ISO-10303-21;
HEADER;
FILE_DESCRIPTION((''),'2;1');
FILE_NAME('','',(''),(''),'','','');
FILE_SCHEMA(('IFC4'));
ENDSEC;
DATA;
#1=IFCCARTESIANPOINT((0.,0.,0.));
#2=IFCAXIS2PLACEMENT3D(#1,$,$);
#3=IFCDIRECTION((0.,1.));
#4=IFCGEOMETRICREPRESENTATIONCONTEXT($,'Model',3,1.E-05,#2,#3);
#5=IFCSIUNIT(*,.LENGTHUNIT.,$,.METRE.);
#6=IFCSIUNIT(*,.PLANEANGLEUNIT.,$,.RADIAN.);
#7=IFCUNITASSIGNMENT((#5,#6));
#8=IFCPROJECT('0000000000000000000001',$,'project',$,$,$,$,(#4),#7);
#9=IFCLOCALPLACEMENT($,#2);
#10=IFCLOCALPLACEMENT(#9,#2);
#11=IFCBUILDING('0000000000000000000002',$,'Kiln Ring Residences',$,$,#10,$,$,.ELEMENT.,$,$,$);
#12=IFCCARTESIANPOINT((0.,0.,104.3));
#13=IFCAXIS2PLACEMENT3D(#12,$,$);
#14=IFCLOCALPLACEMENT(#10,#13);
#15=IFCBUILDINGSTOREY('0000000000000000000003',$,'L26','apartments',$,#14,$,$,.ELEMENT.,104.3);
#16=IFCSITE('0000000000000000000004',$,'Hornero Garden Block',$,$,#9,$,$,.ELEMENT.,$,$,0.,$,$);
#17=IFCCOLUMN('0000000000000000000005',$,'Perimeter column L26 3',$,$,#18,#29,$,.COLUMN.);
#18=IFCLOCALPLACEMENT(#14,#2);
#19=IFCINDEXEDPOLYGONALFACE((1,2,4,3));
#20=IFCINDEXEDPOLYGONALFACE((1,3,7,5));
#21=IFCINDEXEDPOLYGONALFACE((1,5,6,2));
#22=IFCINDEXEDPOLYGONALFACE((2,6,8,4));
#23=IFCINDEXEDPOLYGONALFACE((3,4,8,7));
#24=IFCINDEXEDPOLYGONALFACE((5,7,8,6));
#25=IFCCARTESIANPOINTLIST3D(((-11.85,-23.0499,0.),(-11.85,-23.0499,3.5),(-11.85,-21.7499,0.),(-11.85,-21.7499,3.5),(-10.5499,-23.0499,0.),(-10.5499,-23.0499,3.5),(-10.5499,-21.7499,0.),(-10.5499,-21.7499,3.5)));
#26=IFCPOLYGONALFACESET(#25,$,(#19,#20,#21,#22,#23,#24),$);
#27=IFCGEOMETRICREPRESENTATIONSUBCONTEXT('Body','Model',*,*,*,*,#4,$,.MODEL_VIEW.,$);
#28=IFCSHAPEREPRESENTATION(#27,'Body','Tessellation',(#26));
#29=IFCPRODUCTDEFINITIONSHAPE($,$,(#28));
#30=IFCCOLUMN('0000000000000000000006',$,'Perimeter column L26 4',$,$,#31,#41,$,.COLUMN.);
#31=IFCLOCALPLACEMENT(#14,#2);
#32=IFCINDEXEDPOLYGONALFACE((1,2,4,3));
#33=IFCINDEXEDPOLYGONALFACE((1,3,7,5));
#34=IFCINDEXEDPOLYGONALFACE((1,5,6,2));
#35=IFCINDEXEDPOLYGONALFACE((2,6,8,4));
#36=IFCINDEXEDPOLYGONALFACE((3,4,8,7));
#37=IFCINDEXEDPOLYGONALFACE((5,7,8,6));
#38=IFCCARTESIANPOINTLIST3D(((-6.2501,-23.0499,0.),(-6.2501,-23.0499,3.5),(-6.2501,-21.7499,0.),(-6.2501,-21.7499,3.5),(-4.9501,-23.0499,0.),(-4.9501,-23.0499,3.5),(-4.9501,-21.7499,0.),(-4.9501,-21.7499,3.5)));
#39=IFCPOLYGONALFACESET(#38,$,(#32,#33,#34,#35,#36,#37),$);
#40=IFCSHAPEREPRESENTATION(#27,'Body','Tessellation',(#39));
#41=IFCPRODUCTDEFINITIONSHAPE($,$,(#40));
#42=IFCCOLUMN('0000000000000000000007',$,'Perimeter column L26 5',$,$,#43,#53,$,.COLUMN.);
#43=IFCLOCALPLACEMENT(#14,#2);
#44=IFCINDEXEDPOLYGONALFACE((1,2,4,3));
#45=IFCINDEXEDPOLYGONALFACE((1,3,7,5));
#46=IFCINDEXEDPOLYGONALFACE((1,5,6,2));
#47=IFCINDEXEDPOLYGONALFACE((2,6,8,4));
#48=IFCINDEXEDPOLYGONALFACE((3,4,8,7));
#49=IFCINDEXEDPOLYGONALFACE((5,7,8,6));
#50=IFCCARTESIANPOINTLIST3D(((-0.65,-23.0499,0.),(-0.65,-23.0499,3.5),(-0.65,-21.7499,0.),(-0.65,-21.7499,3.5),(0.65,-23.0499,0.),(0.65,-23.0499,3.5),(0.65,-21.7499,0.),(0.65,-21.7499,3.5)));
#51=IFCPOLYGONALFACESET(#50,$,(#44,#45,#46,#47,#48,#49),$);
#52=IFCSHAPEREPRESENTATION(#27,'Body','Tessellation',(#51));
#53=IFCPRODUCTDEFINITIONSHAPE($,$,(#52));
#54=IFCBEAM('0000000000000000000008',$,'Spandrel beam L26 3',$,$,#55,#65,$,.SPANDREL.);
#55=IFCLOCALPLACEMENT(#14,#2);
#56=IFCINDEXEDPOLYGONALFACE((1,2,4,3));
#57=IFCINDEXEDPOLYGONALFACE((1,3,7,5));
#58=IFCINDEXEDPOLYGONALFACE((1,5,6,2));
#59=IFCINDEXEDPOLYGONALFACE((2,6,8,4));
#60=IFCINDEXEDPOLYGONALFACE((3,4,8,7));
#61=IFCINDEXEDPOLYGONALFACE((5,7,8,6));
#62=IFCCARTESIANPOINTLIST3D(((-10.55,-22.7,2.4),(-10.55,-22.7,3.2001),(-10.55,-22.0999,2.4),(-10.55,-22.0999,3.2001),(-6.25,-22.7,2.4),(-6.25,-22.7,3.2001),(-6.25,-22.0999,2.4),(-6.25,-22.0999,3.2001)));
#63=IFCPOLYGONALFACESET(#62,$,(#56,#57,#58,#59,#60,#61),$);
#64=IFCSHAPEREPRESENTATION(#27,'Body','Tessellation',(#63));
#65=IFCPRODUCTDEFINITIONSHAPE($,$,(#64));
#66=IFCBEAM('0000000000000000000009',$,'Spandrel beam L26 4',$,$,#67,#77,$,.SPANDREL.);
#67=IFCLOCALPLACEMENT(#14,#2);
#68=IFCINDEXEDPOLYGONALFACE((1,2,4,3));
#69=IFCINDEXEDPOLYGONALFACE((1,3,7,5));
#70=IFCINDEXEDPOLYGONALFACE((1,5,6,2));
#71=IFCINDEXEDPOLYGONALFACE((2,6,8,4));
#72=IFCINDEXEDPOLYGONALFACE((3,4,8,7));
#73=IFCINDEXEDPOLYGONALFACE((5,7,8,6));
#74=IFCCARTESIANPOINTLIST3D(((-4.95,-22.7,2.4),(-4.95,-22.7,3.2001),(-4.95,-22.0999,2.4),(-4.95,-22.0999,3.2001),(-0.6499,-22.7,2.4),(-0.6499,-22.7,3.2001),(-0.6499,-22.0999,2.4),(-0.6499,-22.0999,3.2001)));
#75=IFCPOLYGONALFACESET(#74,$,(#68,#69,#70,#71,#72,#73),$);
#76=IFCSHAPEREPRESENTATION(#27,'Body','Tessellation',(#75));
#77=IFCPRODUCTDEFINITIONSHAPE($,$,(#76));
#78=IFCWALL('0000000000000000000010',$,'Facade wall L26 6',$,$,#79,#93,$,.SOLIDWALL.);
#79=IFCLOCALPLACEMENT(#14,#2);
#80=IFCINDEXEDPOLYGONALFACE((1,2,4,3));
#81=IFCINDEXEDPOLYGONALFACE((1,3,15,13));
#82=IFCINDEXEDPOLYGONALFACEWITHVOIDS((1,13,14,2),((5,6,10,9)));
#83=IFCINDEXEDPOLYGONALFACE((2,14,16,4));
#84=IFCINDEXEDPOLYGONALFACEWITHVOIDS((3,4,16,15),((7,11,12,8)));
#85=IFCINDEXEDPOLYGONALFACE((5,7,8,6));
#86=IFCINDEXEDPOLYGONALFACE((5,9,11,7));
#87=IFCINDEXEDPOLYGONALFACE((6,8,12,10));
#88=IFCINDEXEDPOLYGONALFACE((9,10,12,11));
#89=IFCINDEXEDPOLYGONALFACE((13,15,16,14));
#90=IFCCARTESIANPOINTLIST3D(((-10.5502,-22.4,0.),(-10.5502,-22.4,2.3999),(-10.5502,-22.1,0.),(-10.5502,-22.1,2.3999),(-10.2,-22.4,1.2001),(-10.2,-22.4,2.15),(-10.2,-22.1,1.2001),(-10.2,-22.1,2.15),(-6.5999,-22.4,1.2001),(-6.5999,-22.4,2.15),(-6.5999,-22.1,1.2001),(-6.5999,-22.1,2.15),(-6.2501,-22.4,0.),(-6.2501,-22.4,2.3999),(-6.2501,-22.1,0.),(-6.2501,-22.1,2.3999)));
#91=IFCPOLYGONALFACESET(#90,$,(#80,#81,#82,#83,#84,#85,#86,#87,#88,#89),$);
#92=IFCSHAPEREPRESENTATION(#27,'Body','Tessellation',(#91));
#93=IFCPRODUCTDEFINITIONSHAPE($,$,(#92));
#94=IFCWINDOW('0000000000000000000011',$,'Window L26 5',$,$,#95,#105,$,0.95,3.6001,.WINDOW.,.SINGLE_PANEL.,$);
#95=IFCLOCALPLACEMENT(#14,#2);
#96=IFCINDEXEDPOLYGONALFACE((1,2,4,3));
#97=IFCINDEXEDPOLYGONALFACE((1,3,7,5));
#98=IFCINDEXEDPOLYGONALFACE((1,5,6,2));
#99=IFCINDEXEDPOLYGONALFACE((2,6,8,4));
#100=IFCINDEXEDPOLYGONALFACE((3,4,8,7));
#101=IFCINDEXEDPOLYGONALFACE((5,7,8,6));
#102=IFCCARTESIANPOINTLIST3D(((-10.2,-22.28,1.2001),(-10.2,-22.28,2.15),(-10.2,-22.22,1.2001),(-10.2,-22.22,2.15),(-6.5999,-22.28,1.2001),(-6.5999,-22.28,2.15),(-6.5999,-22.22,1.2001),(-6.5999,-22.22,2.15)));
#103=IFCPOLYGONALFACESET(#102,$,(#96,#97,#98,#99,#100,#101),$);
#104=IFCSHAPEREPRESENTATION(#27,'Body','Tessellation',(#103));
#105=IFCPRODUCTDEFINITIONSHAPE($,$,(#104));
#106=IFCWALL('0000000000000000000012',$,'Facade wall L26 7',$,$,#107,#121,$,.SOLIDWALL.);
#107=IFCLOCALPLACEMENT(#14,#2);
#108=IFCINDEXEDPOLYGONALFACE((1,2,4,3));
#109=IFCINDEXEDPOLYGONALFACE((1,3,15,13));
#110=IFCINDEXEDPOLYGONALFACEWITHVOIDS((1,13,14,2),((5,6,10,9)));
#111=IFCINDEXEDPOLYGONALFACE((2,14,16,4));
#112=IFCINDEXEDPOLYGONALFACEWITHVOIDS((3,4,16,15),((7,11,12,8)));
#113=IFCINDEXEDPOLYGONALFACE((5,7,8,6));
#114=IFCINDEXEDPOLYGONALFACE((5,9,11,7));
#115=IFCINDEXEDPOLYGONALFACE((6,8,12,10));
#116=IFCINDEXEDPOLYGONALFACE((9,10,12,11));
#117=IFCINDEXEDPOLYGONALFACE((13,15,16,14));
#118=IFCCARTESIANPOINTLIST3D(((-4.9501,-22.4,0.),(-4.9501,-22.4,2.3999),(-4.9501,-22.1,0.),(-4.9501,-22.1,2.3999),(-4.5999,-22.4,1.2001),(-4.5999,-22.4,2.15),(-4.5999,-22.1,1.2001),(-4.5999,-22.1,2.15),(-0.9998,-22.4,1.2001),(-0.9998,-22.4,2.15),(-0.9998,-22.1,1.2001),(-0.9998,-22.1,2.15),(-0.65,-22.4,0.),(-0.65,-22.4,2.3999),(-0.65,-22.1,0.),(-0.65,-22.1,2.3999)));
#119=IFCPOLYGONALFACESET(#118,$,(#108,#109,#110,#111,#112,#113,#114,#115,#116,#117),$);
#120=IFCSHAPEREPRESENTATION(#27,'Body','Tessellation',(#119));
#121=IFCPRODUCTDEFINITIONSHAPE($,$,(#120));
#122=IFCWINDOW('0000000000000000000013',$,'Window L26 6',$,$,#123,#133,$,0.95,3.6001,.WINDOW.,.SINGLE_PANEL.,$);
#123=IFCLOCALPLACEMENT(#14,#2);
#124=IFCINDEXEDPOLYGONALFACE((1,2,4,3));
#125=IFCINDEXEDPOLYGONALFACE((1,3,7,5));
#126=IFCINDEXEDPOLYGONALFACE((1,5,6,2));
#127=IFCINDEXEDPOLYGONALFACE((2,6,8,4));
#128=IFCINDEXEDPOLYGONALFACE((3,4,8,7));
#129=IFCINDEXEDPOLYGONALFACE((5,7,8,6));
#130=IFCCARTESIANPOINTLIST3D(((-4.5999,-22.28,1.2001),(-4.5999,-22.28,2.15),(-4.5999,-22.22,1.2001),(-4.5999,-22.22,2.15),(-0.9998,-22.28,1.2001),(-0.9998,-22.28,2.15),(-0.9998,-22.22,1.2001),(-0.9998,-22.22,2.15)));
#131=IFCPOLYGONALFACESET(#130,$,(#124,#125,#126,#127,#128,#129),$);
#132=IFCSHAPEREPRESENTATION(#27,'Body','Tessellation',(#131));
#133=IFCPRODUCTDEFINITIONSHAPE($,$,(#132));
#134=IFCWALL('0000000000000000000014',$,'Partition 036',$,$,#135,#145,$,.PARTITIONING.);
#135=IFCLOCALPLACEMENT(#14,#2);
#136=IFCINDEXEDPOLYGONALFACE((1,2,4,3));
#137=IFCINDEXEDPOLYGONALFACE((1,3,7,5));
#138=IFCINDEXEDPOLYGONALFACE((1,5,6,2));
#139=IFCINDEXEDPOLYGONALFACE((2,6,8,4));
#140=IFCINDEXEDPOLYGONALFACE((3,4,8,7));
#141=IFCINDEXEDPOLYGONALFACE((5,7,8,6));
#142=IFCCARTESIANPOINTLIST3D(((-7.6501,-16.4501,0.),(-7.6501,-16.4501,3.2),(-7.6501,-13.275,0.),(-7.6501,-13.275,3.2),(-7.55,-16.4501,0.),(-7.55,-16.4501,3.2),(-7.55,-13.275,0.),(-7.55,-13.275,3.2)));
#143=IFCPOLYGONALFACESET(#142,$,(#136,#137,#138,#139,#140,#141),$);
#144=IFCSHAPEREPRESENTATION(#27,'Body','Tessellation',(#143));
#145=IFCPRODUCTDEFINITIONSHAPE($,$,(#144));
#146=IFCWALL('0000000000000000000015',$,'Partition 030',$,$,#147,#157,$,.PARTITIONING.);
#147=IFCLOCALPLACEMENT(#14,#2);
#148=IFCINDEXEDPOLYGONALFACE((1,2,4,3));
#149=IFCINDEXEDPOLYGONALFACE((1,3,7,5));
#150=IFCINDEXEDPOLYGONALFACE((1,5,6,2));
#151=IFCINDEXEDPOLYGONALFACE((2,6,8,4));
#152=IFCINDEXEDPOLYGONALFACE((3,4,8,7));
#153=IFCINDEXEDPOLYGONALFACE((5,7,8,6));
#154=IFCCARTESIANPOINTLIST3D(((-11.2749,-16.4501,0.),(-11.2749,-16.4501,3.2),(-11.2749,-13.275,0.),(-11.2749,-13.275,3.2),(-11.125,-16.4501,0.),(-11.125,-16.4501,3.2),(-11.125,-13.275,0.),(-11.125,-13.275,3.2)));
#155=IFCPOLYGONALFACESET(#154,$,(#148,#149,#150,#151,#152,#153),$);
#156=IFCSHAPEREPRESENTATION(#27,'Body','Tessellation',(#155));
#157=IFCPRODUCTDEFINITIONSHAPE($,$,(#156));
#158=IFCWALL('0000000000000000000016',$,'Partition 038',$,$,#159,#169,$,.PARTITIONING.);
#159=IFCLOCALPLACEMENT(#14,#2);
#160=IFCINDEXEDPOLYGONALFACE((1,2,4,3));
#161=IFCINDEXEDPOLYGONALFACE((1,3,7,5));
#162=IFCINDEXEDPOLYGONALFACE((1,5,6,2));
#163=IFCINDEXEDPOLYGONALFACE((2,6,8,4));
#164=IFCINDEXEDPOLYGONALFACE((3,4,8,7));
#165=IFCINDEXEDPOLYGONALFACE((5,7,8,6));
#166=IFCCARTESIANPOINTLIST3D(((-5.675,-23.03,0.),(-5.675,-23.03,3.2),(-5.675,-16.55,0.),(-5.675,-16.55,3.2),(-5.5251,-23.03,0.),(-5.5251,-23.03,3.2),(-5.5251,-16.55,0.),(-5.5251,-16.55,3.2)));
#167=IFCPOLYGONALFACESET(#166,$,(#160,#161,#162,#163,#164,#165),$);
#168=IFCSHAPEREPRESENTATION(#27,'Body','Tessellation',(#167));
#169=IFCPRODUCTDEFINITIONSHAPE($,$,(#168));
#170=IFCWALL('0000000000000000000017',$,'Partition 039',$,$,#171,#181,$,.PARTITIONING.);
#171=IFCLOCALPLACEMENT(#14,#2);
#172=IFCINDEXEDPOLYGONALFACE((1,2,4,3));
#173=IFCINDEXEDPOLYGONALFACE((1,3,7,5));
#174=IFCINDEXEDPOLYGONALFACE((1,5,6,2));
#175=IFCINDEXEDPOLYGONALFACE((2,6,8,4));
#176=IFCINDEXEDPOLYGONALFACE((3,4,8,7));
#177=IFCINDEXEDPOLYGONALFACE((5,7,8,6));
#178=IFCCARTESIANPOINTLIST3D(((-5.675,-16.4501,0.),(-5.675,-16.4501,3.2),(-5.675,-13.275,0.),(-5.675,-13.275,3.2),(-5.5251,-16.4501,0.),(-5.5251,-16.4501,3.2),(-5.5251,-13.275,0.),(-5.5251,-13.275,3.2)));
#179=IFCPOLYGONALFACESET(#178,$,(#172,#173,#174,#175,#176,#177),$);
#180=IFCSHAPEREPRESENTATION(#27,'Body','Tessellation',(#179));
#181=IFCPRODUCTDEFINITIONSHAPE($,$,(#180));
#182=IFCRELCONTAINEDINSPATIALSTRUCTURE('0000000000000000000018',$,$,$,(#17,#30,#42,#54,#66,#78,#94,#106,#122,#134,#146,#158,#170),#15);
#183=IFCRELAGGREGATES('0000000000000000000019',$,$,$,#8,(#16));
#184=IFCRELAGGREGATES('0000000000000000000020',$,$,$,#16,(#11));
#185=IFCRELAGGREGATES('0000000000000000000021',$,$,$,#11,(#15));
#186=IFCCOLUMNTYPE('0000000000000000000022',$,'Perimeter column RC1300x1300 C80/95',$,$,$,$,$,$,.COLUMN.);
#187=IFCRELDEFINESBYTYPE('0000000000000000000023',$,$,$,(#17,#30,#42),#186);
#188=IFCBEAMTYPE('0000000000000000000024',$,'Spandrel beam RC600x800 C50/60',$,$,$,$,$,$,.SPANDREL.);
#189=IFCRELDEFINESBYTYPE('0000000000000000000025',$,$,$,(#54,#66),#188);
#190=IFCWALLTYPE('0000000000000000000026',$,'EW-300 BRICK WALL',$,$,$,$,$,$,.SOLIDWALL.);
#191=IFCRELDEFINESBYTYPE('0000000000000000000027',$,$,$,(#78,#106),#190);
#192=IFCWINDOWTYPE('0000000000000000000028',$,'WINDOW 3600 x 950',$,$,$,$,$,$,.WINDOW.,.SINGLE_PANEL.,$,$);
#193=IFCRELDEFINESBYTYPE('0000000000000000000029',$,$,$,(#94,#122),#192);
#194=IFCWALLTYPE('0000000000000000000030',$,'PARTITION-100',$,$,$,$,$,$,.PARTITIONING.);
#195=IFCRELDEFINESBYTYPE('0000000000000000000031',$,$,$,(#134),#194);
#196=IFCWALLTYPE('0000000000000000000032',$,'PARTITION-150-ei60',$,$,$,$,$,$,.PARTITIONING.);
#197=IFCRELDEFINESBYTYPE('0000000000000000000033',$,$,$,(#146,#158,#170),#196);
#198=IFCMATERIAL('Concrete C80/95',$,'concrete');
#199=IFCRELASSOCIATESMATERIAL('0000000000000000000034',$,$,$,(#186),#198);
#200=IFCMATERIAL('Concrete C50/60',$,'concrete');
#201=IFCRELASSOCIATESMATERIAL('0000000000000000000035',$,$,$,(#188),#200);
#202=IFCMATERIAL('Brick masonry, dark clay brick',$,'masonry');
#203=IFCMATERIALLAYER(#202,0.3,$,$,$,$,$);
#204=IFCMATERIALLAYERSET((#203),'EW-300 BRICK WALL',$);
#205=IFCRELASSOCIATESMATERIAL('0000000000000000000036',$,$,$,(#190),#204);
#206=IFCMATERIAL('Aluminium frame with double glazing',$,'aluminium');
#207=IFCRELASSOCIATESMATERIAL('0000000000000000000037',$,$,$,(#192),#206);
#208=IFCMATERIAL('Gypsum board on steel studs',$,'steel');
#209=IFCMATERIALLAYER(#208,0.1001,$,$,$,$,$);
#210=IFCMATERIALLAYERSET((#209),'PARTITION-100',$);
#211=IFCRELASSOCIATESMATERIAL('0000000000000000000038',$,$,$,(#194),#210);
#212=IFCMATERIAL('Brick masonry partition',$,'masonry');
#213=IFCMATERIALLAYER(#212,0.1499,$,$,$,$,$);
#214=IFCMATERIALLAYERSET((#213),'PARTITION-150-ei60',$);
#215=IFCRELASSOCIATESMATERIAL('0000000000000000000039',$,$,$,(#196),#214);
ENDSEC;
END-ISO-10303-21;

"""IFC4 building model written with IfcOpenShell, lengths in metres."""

from ifc_helpers import new_model, si_unit, direction, frame, frame_2d, origin, origin_2d, place, context, subcontext, project, spatial, rectangle, extrude, material, layer, layer_set, material_profile, profile_set, type_object, element, fill, save


model = new_model("IFC4")

# Units and contexts
model_context = context("Model", 3, precision=1e-05, world=origin(), true_north=direction((0.0, 1.0)))
body_context = subcontext(model_context, "Body", "Model", "MODEL_VIEW")
ifc_project = project(units=[si_unit("LENGTHUNIT", "METRE"), si_unit("PLANEANGLEUNIT", "RADIAN")], contexts=[model_context])

# Site, building, storey
site_placement = place(None, origin())
site = spatial("IfcSite", under=ifc_project, at=site_placement, Name="Hornero Garden Block", CompositionType="ELEMENT", RefElevation=0.0)
building_placement = place(site_placement, origin())
building = spatial("IfcBuilding", under=site, at=building_placement, Name="Kiln Ring Residences", CompositionType="ELEMENT")
storey_placement = place(building_placement, frame((0.0, 0.0, 104.3)))
storey = spatial("IfcBuildingStorey", under=building, at=storey_placement, Name="L26", Description="apartments", CompositionType="ELEMENT", Elevation=104.3)

# Columns
ifc_material_1 = material(Name="Concrete C80/95", Category="concrete")
ifc_material_profile_1 = material_profile(ifc_material_1, rectangle(XDim=1.3, YDim=1.3, at=origin_2d()), Name="RC1300x1300")
ifc_profile_set_1 = profile_set([ifc_material_profile_1], Name="Concrete C80/95")
column_type = type_object("IfcColumnType", Name="Perimeter column RC1300x1300 C80/95", PredefinedType="COLUMN", material=ifc_profile_set_1)
for number, where, z_axis, x_axis, name in (
    (1, (-11.2, -22.3999, 0.0), (0.0, 0.0, 1.0), (1.0, 0.0, 0.0), "Perimeter column L26 3"),
    (2, (-5.6001, -22.3999, 0.0), (0.0, 0.0, 1.0), (1.0, 0.0, 0.0), "Perimeter column L26 4"),
    (3, (0.0, -22.3999, 0.0), (0.0, 0.0, 1.0), (1.0, 0.0, 0.0), "Perimeter column L26 5"),
):
    element("IfcColumn", number, at=place(storey_placement, frame(where, z_axis=z_axis, x_axis=x_axis)), inside=storey, type_object=column_type, Name=name, PredefinedType="COLUMN", context=body_context, shape_type="SweptSolid", body=[
        extrude(rectangle(XDim=1.3, YDim=1.3, at=origin_2d()), origin(), (0.0, 0.0, 1.0), 3.5),
    ])

# Beams
ifc_material_2 = material(Name="Concrete C50/60", Category="concrete")
ifc_material_profile_2 = material_profile(ifc_material_2, rectangle(XDim=0.6001, YDim=0.8, at=origin_2d()), Name="RC600x800")
ifc_profile_set_2 = profile_set([ifc_material_profile_2], Name="Concrete C50/60")
beam_type = type_object("IfcBeamType", Name="Spandrel beam RC600x800 C50/60", PredefinedType="SPANDREL", material=ifc_profile_set_2)
for number, where, z_axis, x_axis, name in (
    (4, (-10.55, -22.3999, 2.8), (1.0, 0.0, 0.0), (0.0, 1.0, 0.0), "Spandrel beam L26 3"),
    (5, (-4.95, -22.3999, 2.8), (1.0, 0.0, 0.0), (0.0, 1.0, 0.0), "Spandrel beam L26 4"),
):
    element("IfcBeam", number, at=place(storey_placement, frame(where, z_axis=z_axis, x_axis=x_axis)), inside=storey, type_object=beam_type, Name=name, PredefinedType="SPANDREL", context=body_context, shape_type="SweptSolid", body=[
        extrude(rectangle(XDim=0.6001, YDim=0.8, at=origin_2d()), origin(), (0.0, 0.0, 1.0), 4.3),
    ])

# Walls, openings, windows
ifc_material_3 = material(Name="Brick masonry, dark clay brick", Category="masonry")
ifc_layer_1 = layer(ifc_material_3, 0.3)
ifc_layer_set_1 = layer_set([ifc_layer_1], Name="EW-300 BRICK WALL")
wall_type_1 = type_object("IfcWallType", Name="EW-300 BRICK WALL", PredefinedType="SOLIDWALL", material=ifc_layer_set_1)
wall_1_placement = place(storey_placement, frame((-10.55, -22.25, 0.0), z_axis=(0.0, 0.0, 1.0), x_axis=(1.0, 0.0, 0.0)))
wall_1 = element("IfcWall", 6, at=wall_1_placement, inside=storey, type_object=wall_type_1, Name="Facade wall L26 6", PredefinedType="SOLIDWALL", context=body_context, shape_type="SweptSolid", body=[
    extrude(rectangle(XDim=4.3, YDim=0.3, at=frame_2d((2.1499, 0.0))), origin(), (0.0, 0.0, 1.0), 2.3999),
])
opening_1_placement = place(wall_1_placement, frame((0.3501, 0.0, 1.2)))
opening_1 = element("IfcOpeningElement", 7, at=opening_1_placement, cuts=wall_1, PredefinedType="OPENING", context=body_context, shape_type="SweptSolid", body=[
    extrude(rectangle(XDim=3.6001, YDim=0.95, at=frame_2d((1.8, 0.4751))), frame((0.0, 0.1599, 0.0), z_axis=(0.0, -1.0, 0.0), x_axis=(1.0, 0.0, 0.0)), (0.0, 0.0, 1.0), 0.3201),
])
ifc_material_4 = material(Name="Aluminium frame with double glazing", Category="aluminium")
window_type = type_object("IfcWindowType", Name="WINDOW 3600 x 950", PartitioningType="SINGLE_PANEL", PredefinedType="WINDOW", material=ifc_material_4)
window_1_placement = place(opening_1_placement, origin())
window_1 = element("IfcWindow", 8, at=window_1_placement, inside=storey, type_object=window_type, Name="Window L26 5", OverallHeight=0.95, OverallWidth=3.6001, PartitioningType="SINGLE_PANEL", PredefinedType="WINDOW", context=body_context, shape_type="SweptSolid", body=[
    extrude(rectangle(XDim=3.6001, YDim=0.95, at=frame_2d((1.8, 0.4751))), frame((0.0, 0.03, 0.0), z_axis=(0.0, -1.0, 0.0), x_axis=(1.0, 0.0, 0.0)), (0.0, 0.0, 1.0), 0.0601),
])
fill(opening_1, window_1)
wall_2_placement = place(storey_placement, frame((-4.95, -22.25, 0.0), z_axis=(0.0, 0.0, 1.0), x_axis=(1.0, 0.0, 0.0)))
wall_2 = element("IfcWall", 9, at=wall_2_placement, inside=storey, type_object=wall_type_1, Name="Facade wall L26 7", PredefinedType="SOLIDWALL", context=body_context, shape_type="SweptSolid", body=[
    extrude(rectangle(XDim=4.3, YDim=0.3, at=frame_2d((2.1499, 0.0))), origin(), (0.0, 0.0, 1.0), 2.3999),
])
opening_2_placement = place(wall_2_placement, frame((0.3501, 0.0, 1.2)))
opening_2 = element("IfcOpeningElement", 10, at=opening_2_placement, cuts=wall_2, PredefinedType="OPENING", context=body_context, shape_type="SweptSolid", body=[
    extrude(rectangle(XDim=3.6001, YDim=0.95, at=frame_2d((1.8, 0.4751))), frame((0.0, 0.1599, 0.0), z_axis=(0.0, -1.0, 0.0), x_axis=(1.0, 0.0, 0.0)), (0.0, 0.0, 1.0), 0.3201),
])
window_2_placement = place(opening_2_placement, origin())
window_2 = element("IfcWindow", 11, at=window_2_placement, inside=storey, type_object=window_type, Name="Window L26 6", OverallHeight=0.95, OverallWidth=3.6001, PartitioningType="SINGLE_PANEL", PredefinedType="WINDOW", context=body_context, shape_type="SweptSolid", body=[
    extrude(rectangle(XDim=3.6001, YDim=0.95, at=frame_2d((1.8, 0.4751))), frame((0.0, 0.03, 0.0), z_axis=(0.0, -1.0, 0.0), x_axis=(1.0, 0.0, 0.0)), (0.0, 0.0, 1.0), 0.0601),
])
fill(opening_2, window_2)

# Walls
ifc_material_5 = material(Name="Gypsum board on steel studs", Category="steel")
ifc_layer_2 = layer(ifc_material_5, 0.1001)
ifc_layer_set_2 = layer_set([ifc_layer_2], Name="PARTITION-100")
wall_type_2 = type_object("IfcWallType", Name="PARTITION-100", PredefinedType="PARTITIONING", material=ifc_layer_set_2)
wall_3_placement = place(storey_placement, frame((-7.6001, -16.45, 0.0), z_axis=(0.0, 0.0, 1.0), x_axis=(0.0, 1.0, 0.0)))
element("IfcWall", 12, at=wall_3_placement, inside=storey, type_object=wall_type_2, Name="Partition 036", PredefinedType="PARTITIONING", context=body_context, shape_type="SweptSolid", body=[
    extrude(rectangle(XDim=3.175, YDim=0.1001, at=frame_2d((1.5874, 0.0))), origin(), (0.0, 0.0, 1.0), 3.2),
])
ifc_material_6 = material(Name="Brick masonry partition", Category="masonry")
ifc_layer_3 = layer(ifc_material_6, 0.1499)
ifc_layer_set_3 = layer_set([ifc_layer_3], Name="PARTITION-150-ei60")
wall_type_3 = type_object("IfcWallType", Name="PARTITION-150-ei60", PredefinedType="PARTITIONING", material=ifc_layer_set_3)
wall_4_placement = place(storey_placement, frame((-11.2, -16.45, 0.0), z_axis=(0.0, 0.0, 1.0), x_axis=(0.0, 1.0, 0.0)))
element("IfcWall", 13, at=wall_4_placement, inside=storey, type_object=wall_type_3, Name="Partition 030", PredefinedType="PARTITIONING", context=body_context, shape_type="SweptSolid", body=[
    extrude(rectangle(XDim=3.175, YDim=0.1499, at=frame_2d((1.5874, 0.0))), origin(), (0.0, 0.0, 1.0), 3.2),
])
wall_5_placement = place(storey_placement, frame((-5.6001, -23.03, 0.0), z_axis=(0.0, 0.0, 1.0), x_axis=(0.0, 1.0, 0.0)))
element("IfcWall", 14, at=wall_5_placement, inside=storey, type_object=wall_type_3, Name="Partition 038", PredefinedType="PARTITIONING", context=body_context, shape_type="SweptSolid", body=[
    extrude(rectangle(XDim=6.48, YDim=0.1499, at=frame_2d((3.24, 0.0))), origin(), (0.0, 0.0, 1.0), 3.2),
])
wall_6_placement = place(storey_placement, frame((-5.6001, -16.45, 0.0), z_axis=(0.0, 0.0, 1.0), x_axis=(0.0, 1.0, 0.0)))
element("IfcWall", 15, at=wall_6_placement, inside=storey, type_object=wall_type_3, Name="Partition 039", PredefinedType="PARTITIONING", context=body_context, shape_type="SweptSolid", body=[
    extrude(rectangle(XDim=3.175, YDim=0.1499, at=frame_2d((1.5874, 0.0))), origin(), (0.0, 0.0, 1.0), 3.2),
])

save(model, "model.ifc")
